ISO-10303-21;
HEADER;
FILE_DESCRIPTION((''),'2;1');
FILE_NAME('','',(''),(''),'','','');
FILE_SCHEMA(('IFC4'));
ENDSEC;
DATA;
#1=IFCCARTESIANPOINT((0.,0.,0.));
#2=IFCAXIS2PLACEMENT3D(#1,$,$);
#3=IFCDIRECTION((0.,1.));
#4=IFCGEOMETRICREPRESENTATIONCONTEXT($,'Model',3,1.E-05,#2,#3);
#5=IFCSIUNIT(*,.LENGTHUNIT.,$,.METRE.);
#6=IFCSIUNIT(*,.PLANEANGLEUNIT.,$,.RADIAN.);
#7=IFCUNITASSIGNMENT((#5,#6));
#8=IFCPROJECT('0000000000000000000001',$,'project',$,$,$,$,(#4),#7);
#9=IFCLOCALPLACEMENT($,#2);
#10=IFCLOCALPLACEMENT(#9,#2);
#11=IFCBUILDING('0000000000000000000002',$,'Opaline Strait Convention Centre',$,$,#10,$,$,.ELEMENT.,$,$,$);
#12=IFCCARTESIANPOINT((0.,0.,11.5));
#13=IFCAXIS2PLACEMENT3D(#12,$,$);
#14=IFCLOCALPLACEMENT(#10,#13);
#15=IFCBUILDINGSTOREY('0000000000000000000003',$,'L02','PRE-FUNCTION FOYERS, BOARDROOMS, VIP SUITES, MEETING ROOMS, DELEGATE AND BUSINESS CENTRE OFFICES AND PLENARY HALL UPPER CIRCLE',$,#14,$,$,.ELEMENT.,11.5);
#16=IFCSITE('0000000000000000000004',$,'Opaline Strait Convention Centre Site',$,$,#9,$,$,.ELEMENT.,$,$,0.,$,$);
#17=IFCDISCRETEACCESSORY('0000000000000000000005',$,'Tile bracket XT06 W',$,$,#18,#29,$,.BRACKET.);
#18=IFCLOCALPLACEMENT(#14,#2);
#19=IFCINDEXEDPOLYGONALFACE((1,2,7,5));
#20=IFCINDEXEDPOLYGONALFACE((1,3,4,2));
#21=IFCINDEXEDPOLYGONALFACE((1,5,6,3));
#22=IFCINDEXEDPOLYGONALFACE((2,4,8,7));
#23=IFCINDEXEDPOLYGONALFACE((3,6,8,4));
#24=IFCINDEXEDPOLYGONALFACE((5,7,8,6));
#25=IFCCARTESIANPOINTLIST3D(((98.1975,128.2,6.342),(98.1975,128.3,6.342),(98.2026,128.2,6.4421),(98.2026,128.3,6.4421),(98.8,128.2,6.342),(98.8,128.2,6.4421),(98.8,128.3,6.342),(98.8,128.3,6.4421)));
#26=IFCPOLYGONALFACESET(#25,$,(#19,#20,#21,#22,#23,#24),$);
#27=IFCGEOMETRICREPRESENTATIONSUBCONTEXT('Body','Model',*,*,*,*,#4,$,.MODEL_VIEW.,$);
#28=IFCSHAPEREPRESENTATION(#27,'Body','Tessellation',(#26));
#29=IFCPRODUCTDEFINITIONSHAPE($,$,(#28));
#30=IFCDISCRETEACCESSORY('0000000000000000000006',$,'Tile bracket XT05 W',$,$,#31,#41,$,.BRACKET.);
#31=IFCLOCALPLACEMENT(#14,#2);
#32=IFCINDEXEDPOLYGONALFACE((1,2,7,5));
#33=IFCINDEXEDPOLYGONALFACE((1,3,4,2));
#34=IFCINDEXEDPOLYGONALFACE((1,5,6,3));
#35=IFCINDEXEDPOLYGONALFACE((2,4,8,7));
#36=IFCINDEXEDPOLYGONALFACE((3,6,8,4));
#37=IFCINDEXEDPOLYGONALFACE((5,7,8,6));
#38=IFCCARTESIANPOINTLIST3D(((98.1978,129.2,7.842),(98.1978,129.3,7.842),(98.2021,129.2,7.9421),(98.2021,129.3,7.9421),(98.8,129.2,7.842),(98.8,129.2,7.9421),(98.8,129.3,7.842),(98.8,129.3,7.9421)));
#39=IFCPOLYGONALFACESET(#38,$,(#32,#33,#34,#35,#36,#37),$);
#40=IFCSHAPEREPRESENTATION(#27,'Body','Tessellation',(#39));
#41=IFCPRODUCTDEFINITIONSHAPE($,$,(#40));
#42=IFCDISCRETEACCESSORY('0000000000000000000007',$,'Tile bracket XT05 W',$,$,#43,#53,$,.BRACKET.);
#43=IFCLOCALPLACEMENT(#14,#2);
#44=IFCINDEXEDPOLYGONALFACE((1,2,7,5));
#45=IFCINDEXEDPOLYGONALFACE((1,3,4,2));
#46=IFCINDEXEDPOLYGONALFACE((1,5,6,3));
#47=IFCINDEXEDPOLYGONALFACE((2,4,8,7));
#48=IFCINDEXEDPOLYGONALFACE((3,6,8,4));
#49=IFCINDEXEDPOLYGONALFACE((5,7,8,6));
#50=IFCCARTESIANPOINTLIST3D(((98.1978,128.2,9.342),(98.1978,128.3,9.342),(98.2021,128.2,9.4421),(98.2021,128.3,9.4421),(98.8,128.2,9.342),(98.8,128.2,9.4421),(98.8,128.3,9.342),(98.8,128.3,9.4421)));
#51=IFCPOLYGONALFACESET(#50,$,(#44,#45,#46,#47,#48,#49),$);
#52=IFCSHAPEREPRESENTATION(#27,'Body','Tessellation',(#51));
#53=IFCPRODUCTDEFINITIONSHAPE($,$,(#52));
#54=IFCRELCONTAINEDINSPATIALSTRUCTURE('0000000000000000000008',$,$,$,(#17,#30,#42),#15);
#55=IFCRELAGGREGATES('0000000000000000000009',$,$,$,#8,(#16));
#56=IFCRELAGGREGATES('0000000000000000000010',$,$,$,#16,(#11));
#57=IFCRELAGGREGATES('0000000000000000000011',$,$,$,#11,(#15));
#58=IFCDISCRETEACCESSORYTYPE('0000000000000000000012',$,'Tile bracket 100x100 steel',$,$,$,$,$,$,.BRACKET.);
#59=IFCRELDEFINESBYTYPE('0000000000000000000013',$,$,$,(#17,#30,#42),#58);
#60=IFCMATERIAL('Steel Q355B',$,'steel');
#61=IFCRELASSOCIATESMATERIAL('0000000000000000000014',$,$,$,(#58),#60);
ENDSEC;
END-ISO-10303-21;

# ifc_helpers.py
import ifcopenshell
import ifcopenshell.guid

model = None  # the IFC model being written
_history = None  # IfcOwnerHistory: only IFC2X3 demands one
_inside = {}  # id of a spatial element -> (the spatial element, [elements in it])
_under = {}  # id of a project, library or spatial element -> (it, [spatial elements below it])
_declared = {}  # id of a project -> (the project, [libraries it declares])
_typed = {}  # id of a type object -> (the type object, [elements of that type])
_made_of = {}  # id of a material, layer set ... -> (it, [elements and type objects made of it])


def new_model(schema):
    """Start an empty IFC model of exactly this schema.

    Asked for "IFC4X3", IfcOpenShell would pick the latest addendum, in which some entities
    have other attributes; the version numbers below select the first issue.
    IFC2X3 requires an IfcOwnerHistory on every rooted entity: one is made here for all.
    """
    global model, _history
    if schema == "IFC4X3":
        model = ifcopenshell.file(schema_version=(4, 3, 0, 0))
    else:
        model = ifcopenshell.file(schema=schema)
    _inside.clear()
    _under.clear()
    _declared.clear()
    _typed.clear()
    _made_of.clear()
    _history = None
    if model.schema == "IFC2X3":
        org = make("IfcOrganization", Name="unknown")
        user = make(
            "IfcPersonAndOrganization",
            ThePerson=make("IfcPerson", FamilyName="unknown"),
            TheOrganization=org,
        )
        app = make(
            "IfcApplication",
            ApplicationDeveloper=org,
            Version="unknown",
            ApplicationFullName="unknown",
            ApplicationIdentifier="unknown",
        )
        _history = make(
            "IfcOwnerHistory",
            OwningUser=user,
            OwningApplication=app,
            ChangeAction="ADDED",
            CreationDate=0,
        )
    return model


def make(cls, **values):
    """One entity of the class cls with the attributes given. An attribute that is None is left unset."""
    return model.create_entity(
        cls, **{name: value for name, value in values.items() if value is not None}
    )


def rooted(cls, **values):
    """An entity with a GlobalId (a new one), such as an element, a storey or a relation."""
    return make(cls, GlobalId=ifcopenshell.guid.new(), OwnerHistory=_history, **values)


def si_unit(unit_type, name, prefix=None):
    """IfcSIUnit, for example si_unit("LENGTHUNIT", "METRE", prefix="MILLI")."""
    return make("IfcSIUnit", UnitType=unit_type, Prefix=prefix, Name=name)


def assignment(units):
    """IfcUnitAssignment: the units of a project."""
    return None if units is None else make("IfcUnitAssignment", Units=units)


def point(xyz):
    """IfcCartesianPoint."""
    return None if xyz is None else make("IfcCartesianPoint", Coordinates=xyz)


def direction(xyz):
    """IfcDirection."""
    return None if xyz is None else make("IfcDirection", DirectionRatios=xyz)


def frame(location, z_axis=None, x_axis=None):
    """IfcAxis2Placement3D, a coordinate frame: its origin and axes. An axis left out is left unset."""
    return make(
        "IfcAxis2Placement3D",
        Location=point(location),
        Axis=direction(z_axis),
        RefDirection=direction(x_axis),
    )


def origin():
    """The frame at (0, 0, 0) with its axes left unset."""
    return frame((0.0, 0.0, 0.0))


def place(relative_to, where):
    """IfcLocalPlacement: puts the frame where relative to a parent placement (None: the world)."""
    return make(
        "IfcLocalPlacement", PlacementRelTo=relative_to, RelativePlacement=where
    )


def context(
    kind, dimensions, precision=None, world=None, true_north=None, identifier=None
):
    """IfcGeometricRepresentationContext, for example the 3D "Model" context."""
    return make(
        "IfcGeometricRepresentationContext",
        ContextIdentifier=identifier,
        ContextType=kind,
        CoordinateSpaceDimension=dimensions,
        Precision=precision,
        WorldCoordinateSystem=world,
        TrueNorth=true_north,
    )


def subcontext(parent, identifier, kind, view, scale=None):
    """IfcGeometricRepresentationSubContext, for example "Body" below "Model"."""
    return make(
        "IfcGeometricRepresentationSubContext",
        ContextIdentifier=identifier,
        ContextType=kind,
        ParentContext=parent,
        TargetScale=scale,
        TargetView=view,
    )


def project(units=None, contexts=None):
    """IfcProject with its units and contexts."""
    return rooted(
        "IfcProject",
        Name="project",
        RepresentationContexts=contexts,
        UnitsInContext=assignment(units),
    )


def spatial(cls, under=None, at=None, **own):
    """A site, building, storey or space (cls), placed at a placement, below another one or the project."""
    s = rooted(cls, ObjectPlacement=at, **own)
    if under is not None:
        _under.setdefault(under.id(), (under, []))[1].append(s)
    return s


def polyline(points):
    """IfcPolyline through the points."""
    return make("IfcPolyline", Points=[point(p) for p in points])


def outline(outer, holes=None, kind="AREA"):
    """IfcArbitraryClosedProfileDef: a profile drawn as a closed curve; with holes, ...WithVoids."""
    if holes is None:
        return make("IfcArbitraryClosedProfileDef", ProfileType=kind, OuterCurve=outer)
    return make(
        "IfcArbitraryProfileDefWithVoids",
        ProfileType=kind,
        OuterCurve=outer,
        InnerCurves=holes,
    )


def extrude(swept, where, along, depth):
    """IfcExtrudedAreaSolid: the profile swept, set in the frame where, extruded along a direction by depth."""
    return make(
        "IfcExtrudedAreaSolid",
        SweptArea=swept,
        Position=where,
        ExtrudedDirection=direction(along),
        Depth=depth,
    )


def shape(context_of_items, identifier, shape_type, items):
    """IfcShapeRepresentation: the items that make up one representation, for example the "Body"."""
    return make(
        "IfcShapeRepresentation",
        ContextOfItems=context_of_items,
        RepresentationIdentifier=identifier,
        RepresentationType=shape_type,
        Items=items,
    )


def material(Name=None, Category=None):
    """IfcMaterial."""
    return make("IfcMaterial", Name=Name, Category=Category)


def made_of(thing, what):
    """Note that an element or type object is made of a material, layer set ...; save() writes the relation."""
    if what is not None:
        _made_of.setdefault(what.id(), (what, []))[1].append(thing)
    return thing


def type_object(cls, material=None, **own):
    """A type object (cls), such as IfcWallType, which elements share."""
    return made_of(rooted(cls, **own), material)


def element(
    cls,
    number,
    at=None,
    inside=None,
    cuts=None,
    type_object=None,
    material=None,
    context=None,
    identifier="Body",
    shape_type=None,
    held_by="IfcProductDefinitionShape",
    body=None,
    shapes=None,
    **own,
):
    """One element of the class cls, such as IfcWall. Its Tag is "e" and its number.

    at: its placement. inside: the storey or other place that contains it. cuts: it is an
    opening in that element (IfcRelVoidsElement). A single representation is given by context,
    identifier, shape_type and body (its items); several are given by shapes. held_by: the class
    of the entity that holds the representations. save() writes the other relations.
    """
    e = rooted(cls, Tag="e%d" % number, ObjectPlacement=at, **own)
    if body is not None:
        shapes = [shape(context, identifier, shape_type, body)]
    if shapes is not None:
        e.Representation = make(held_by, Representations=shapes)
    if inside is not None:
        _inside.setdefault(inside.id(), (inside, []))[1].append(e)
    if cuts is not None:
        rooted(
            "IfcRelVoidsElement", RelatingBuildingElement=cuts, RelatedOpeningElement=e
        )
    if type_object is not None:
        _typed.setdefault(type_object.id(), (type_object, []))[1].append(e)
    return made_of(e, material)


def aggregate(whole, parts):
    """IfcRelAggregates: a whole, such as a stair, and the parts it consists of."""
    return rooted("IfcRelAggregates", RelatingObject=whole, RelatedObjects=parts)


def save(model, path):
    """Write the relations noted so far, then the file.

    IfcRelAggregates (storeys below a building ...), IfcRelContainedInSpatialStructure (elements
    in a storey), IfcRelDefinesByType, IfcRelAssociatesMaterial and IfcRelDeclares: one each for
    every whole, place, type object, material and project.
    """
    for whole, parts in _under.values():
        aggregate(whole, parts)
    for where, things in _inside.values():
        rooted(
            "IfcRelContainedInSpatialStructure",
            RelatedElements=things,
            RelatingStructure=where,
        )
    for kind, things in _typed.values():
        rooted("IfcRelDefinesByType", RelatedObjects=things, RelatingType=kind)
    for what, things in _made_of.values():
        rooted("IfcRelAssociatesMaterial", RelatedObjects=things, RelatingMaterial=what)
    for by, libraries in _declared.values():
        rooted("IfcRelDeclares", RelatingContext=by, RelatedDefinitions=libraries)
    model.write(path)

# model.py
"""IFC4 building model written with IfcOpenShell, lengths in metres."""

from ifc_helpers import new_model, si_unit, direction, frame, origin, place, context, subcontext, project, spatial, polyline, outline, extrude, material, type_object, element, save


model = new_model("IFC4")

# Units and contexts
model_context = context("Model", 3, precision=1e-05, world=origin(), true_north=direction((0.0, 1.0)))
body_context = subcontext(model_context, "Body", "Model", "MODEL_VIEW")
ifc_project = project(units=[si_unit("LENGTHUNIT", "METRE"), si_unit("PLANEANGLEUNIT", "RADIAN")], contexts=[model_context])

# Site, building, storey
site_placement = place(None, origin())
site = spatial("IfcSite", under=ifc_project, at=site_placement, Name="Opaline Strait Convention Centre Site", CompositionType="ELEMENT", RefElevation=0.0)
building_placement = place(site_placement, origin())
building = spatial("IfcBuilding", under=site, at=building_placement, Name="Opaline Strait Convention Centre", CompositionType="ELEMENT")
storey_placement = place(building_placement, frame((0.0, 0.0, 11.5)))
storey = spatial("IfcBuildingStorey", under=building, at=storey_placement, Name="L02", Description="PRE-FUNCTION FOYERS, BOARDROOMS, VIP SUITES, MEETING ROOMS, DELEGATE AND BUSINESS CENTRE OFFICES AND PLENARY HALL UPPER CIRCLE", CompositionType="ELEMENT", Elevation=11.5)

# Shared definitions
ifc_material_1 = material(Name="Steel Q355B", Category="steel")

# Discrete accessories
discrete_accessory_type = type_object("IfcDiscreteAccessoryType", Name="Tile bracket 100x100 steel", PredefinedType="BRACKET", material=ifc_material_1)
for number, where, z_axis, x_axis, name in (
    (1, (98.8, 128.3, 6.3921), (0.0, -1.0, 0.0), (1.0, 0.0, 0.0), "Tile bracket XT06 W"),
):
    element("IfcDiscreteAccessory", number, at=place(storey_placement, frame(where, z_axis=z_axis, x_axis=x_axis)), inside=storey, type_object=discrete_accessory_type, Name=name, PredefinedType="BRACKET", context=body_context, shape_type="SweptSolid", body=[
        extrude(outline(polyline([(0.0, -0.05), (0.0, 0.05), (-0.5974, 0.05), (-0.6025, -0.05), (0.0, -0.05)])), origin(), (0.0, 0.0, 1.0), 0.1001),
    ])
for number, where, z_axis, x_axis, name in (
    (2, (98.8, 129.3, 7.8921), (0.0, -1.0, 0.0), (1.0, 0.0, 0.0), "Tile bracket XT05 W"),
    (3, (98.8, 128.3, 9.3921), (0.0, -1.0, 0.0), (1.0, 0.0, 0.0), "Tile bracket XT05 W"),
):
    element("IfcDiscreteAccessory", number, at=place(storey_placement, frame(where, z_axis=z_axis, x_axis=x_axis)), inside=storey, type_object=discrete_accessory_type, Name=name, PredefinedType="BRACKET", context=body_context, shape_type="SweptSolid", body=[
        extrude(outline(polyline([(0.0, -0.05), (0.0, 0.05), (-0.5979, 0.05), (-0.6023, -0.05), (0.0, -0.05)])), origin(), (0.0, 0.0, 1.0), 0.1001),
    ])

save(model, "model.ifc")
